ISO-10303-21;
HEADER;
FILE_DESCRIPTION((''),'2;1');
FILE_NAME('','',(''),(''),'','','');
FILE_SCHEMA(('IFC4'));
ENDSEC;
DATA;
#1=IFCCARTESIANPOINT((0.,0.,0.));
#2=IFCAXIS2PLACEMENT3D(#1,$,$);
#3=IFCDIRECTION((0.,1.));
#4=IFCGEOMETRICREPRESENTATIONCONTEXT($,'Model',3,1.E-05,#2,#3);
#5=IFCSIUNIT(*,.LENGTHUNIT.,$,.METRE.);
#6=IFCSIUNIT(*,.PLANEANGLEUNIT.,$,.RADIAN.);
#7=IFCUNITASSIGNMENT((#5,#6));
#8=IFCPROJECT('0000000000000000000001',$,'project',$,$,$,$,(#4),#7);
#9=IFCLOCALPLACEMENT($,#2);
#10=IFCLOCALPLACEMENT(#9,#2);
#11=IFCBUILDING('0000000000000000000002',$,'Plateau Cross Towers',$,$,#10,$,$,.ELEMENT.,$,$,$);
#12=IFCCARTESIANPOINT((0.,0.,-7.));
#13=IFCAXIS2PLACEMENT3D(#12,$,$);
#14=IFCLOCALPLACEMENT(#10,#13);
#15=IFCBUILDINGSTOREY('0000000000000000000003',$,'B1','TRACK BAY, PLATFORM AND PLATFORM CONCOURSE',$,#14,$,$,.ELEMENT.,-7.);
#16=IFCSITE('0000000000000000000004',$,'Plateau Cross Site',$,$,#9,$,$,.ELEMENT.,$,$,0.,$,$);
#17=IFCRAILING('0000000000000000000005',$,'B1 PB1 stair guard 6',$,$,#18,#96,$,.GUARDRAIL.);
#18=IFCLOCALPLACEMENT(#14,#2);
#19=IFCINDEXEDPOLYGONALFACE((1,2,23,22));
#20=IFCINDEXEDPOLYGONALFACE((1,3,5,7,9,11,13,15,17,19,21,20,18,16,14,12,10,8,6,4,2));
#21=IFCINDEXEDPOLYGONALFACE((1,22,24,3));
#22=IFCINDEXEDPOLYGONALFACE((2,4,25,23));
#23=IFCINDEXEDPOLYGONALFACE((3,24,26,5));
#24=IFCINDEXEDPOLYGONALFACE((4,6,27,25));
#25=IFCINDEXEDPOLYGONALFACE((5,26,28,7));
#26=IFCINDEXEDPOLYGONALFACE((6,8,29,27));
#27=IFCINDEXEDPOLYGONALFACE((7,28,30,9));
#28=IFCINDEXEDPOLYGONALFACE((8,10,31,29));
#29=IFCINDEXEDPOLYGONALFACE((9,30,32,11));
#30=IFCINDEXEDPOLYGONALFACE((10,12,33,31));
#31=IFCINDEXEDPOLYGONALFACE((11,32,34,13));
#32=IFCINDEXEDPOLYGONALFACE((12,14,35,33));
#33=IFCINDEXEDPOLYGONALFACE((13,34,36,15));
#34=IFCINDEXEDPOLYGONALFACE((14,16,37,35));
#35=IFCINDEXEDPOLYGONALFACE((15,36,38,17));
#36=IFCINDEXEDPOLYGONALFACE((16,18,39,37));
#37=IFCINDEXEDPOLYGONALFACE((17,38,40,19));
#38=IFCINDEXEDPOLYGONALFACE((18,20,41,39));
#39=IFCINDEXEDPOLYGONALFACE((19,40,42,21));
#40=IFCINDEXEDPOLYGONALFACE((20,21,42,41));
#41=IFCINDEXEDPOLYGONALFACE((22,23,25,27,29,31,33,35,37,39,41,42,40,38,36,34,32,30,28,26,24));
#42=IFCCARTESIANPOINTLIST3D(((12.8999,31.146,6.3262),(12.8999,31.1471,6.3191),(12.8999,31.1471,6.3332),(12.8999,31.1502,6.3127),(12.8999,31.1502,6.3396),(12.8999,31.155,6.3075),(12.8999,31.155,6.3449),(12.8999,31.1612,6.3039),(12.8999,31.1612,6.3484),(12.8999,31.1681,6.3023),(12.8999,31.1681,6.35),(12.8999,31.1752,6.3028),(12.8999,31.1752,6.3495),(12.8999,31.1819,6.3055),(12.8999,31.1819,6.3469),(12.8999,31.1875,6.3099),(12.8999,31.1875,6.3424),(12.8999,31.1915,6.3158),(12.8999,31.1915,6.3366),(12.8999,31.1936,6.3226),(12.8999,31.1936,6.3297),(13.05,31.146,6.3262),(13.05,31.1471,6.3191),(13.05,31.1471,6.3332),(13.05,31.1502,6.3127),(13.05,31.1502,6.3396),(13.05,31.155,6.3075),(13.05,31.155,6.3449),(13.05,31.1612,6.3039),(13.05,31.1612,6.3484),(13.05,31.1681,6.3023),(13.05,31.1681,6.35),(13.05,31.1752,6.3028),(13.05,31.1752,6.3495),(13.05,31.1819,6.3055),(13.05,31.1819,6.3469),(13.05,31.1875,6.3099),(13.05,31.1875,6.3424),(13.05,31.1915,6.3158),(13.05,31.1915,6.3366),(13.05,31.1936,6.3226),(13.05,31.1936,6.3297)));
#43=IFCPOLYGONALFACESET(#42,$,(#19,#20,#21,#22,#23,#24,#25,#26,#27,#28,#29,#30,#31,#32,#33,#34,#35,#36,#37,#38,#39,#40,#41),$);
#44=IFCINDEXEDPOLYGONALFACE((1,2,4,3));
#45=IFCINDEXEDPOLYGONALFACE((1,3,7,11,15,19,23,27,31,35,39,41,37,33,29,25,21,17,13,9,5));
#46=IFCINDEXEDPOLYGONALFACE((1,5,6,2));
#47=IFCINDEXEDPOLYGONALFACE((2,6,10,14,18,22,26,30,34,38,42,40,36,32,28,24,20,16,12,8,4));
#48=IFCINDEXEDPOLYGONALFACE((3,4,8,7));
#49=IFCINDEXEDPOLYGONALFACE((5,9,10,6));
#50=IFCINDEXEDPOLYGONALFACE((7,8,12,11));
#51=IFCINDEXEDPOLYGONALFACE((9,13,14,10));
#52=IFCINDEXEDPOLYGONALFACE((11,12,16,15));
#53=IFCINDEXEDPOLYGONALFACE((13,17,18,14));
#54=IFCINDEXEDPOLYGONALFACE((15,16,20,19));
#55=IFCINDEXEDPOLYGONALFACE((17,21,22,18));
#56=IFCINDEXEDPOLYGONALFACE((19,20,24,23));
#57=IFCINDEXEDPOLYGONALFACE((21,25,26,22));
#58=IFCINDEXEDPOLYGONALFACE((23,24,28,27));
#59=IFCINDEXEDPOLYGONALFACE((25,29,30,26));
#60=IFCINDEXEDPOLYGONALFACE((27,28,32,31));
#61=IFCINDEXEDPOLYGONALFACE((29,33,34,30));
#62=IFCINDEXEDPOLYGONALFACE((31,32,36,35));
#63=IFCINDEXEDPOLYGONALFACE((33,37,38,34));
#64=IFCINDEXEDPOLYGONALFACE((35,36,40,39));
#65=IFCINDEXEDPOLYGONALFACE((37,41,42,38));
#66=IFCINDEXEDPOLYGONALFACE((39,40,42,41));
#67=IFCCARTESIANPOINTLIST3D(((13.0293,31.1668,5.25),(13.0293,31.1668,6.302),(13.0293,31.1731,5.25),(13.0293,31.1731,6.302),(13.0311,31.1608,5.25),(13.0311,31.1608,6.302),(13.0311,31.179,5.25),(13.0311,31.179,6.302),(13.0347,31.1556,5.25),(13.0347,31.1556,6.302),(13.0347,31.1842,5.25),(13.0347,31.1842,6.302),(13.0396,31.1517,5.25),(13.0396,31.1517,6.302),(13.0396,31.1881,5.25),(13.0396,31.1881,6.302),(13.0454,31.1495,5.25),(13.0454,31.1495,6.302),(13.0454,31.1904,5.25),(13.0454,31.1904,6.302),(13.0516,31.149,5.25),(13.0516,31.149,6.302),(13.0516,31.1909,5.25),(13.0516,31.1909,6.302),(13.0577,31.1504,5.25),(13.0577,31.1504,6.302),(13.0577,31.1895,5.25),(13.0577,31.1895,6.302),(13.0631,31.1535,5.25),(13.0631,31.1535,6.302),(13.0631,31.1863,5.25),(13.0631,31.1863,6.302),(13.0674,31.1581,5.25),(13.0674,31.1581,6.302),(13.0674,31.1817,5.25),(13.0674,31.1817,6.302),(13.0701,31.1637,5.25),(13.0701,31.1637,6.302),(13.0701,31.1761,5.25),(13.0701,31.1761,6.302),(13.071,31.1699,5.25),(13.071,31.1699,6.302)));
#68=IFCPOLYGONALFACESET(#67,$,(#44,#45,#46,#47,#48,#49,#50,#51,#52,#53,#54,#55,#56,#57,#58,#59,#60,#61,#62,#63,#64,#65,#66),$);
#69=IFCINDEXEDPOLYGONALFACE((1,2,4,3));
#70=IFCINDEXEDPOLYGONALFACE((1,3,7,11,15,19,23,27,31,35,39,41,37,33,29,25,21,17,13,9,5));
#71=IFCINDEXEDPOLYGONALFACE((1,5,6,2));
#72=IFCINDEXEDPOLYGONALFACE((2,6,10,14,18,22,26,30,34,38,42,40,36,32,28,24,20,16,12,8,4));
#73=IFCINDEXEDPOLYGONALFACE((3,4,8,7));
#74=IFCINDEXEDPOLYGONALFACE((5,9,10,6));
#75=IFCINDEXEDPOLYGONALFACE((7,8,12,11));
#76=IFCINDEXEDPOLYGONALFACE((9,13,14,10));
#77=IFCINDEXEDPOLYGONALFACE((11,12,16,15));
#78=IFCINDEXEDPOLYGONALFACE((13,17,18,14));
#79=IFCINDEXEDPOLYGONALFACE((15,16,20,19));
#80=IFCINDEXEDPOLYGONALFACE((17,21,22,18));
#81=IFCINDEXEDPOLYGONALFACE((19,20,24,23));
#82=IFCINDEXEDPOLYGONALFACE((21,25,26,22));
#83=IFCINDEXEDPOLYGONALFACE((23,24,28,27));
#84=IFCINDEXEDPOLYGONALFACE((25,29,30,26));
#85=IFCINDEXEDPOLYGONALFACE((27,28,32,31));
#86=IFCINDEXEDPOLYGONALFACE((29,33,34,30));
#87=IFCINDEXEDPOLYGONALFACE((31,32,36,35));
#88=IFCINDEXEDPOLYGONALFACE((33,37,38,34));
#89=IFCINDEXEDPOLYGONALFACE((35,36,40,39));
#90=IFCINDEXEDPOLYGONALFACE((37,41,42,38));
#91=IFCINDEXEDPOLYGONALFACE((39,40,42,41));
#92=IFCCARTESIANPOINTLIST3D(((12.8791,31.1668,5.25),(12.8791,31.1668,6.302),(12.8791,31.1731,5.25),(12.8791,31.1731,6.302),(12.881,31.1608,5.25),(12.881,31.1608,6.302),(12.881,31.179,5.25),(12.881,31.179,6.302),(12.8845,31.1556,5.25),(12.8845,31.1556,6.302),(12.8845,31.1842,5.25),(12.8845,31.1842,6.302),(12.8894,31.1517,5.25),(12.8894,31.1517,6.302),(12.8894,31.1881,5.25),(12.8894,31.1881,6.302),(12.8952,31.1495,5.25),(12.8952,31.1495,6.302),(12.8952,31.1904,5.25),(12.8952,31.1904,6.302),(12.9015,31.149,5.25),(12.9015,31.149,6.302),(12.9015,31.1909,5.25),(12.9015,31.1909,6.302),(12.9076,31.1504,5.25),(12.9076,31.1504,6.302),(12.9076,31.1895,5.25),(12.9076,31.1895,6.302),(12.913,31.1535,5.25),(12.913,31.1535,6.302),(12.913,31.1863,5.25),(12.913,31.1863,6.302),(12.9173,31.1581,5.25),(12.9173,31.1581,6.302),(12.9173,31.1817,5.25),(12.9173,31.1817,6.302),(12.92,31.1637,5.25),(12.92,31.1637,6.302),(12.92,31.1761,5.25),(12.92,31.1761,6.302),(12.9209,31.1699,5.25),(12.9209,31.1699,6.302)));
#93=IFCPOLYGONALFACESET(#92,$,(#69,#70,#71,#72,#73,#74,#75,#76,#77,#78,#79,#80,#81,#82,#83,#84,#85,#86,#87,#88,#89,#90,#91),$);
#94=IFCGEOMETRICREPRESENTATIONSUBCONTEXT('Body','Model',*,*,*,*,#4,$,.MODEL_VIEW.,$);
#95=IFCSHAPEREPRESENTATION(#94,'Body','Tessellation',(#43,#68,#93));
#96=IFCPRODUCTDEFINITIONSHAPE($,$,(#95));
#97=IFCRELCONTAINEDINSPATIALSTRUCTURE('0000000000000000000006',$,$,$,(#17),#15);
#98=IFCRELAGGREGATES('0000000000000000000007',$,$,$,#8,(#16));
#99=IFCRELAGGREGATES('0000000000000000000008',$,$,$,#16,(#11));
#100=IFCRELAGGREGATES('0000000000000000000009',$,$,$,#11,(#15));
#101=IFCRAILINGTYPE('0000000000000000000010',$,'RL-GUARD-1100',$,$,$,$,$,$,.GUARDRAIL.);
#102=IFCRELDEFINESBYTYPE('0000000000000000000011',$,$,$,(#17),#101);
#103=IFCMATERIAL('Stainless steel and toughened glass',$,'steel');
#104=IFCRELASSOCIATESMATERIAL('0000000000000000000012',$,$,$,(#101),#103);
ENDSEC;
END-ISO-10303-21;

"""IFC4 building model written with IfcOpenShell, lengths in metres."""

from ifc_helpers import new_model, si_unit, direction, frame, origin, origin_2d, place, context, subcontext, project, spatial, circle, extrude, material, type_object, element, save


model = new_model("IFC4")

# Units and contexts
model_context = context("Model", 3, precision=1e-05, world=origin(), true_north=direction((0.0, 1.0)))
body_context = subcontext(model_context, "Body", "Model", "MODEL_VIEW")
ifc_project = project(units=[si_unit("LENGTHUNIT", "METRE"), si_unit("PLANEANGLEUNIT", "RADIAN")], contexts=[model_context])

# Site, building, storey
site_placement = place(None, origin())
site = spatial("IfcSite", under=ifc_project, at=site_placement, Name="Plateau Cross Site", CompositionType="ELEMENT", RefElevation=0.0)
building_placement = place(site_placement, origin())
building = spatial("IfcBuilding", under=site, at=building_placement, Name="Plateau Cross Towers", CompositionType="ELEMENT")
storey_placement = place(building_placement, frame((0.0, 0.0, -7.0)))
storey = spatial("IfcBuildingStorey", under=building, at=storey_placement, Name="B1", Description="TRACK BAY, PLATFORM AND PLATFORM CONCOURSE", CompositionType="ELEMENT", Elevation=-7.0)

# Railing
ifc_material_1 = material(Name="Stainless steel and toughened glass", Category="steel")
railing_type_1 = type_object("IfcRailingType", Name="RL-GUARD-1100", PredefinedType="GUARDRAIL", material=ifc_material_1)
railing_1_placement = place(storey_placement, frame((13.05, 31.1699, 5.25)))
element("IfcRailing", 1, at=railing_1_placement, inside=storey, type_object=railing_type_1, Name="B1 PB1 stair guard 6", PredefinedType="GUARDRAIL", context=body_context, shape_type="SweptSolid", body=[
    extrude(circle(Radius=0.0239, at=origin_2d()), frame((0.0, 0.0, 1.0762), z_axis=(-1.0, 0.0, 0.0), x_axis=(0.0, -1.0, 0.0)), (0.0, 0.0, 1.0), 0.1501),
    extrude(circle(Radius=0.021, at=origin_2d()), origin(), (0.0, 0.0, 1.0), 1.052),
    extrude(circle(Radius=0.021, at=origin_2d()), frame((-0.1501, 0.0, 0.0)), (0.0, 0.0, 1.0), 1.052),
])

save(model, "model.ifc")
